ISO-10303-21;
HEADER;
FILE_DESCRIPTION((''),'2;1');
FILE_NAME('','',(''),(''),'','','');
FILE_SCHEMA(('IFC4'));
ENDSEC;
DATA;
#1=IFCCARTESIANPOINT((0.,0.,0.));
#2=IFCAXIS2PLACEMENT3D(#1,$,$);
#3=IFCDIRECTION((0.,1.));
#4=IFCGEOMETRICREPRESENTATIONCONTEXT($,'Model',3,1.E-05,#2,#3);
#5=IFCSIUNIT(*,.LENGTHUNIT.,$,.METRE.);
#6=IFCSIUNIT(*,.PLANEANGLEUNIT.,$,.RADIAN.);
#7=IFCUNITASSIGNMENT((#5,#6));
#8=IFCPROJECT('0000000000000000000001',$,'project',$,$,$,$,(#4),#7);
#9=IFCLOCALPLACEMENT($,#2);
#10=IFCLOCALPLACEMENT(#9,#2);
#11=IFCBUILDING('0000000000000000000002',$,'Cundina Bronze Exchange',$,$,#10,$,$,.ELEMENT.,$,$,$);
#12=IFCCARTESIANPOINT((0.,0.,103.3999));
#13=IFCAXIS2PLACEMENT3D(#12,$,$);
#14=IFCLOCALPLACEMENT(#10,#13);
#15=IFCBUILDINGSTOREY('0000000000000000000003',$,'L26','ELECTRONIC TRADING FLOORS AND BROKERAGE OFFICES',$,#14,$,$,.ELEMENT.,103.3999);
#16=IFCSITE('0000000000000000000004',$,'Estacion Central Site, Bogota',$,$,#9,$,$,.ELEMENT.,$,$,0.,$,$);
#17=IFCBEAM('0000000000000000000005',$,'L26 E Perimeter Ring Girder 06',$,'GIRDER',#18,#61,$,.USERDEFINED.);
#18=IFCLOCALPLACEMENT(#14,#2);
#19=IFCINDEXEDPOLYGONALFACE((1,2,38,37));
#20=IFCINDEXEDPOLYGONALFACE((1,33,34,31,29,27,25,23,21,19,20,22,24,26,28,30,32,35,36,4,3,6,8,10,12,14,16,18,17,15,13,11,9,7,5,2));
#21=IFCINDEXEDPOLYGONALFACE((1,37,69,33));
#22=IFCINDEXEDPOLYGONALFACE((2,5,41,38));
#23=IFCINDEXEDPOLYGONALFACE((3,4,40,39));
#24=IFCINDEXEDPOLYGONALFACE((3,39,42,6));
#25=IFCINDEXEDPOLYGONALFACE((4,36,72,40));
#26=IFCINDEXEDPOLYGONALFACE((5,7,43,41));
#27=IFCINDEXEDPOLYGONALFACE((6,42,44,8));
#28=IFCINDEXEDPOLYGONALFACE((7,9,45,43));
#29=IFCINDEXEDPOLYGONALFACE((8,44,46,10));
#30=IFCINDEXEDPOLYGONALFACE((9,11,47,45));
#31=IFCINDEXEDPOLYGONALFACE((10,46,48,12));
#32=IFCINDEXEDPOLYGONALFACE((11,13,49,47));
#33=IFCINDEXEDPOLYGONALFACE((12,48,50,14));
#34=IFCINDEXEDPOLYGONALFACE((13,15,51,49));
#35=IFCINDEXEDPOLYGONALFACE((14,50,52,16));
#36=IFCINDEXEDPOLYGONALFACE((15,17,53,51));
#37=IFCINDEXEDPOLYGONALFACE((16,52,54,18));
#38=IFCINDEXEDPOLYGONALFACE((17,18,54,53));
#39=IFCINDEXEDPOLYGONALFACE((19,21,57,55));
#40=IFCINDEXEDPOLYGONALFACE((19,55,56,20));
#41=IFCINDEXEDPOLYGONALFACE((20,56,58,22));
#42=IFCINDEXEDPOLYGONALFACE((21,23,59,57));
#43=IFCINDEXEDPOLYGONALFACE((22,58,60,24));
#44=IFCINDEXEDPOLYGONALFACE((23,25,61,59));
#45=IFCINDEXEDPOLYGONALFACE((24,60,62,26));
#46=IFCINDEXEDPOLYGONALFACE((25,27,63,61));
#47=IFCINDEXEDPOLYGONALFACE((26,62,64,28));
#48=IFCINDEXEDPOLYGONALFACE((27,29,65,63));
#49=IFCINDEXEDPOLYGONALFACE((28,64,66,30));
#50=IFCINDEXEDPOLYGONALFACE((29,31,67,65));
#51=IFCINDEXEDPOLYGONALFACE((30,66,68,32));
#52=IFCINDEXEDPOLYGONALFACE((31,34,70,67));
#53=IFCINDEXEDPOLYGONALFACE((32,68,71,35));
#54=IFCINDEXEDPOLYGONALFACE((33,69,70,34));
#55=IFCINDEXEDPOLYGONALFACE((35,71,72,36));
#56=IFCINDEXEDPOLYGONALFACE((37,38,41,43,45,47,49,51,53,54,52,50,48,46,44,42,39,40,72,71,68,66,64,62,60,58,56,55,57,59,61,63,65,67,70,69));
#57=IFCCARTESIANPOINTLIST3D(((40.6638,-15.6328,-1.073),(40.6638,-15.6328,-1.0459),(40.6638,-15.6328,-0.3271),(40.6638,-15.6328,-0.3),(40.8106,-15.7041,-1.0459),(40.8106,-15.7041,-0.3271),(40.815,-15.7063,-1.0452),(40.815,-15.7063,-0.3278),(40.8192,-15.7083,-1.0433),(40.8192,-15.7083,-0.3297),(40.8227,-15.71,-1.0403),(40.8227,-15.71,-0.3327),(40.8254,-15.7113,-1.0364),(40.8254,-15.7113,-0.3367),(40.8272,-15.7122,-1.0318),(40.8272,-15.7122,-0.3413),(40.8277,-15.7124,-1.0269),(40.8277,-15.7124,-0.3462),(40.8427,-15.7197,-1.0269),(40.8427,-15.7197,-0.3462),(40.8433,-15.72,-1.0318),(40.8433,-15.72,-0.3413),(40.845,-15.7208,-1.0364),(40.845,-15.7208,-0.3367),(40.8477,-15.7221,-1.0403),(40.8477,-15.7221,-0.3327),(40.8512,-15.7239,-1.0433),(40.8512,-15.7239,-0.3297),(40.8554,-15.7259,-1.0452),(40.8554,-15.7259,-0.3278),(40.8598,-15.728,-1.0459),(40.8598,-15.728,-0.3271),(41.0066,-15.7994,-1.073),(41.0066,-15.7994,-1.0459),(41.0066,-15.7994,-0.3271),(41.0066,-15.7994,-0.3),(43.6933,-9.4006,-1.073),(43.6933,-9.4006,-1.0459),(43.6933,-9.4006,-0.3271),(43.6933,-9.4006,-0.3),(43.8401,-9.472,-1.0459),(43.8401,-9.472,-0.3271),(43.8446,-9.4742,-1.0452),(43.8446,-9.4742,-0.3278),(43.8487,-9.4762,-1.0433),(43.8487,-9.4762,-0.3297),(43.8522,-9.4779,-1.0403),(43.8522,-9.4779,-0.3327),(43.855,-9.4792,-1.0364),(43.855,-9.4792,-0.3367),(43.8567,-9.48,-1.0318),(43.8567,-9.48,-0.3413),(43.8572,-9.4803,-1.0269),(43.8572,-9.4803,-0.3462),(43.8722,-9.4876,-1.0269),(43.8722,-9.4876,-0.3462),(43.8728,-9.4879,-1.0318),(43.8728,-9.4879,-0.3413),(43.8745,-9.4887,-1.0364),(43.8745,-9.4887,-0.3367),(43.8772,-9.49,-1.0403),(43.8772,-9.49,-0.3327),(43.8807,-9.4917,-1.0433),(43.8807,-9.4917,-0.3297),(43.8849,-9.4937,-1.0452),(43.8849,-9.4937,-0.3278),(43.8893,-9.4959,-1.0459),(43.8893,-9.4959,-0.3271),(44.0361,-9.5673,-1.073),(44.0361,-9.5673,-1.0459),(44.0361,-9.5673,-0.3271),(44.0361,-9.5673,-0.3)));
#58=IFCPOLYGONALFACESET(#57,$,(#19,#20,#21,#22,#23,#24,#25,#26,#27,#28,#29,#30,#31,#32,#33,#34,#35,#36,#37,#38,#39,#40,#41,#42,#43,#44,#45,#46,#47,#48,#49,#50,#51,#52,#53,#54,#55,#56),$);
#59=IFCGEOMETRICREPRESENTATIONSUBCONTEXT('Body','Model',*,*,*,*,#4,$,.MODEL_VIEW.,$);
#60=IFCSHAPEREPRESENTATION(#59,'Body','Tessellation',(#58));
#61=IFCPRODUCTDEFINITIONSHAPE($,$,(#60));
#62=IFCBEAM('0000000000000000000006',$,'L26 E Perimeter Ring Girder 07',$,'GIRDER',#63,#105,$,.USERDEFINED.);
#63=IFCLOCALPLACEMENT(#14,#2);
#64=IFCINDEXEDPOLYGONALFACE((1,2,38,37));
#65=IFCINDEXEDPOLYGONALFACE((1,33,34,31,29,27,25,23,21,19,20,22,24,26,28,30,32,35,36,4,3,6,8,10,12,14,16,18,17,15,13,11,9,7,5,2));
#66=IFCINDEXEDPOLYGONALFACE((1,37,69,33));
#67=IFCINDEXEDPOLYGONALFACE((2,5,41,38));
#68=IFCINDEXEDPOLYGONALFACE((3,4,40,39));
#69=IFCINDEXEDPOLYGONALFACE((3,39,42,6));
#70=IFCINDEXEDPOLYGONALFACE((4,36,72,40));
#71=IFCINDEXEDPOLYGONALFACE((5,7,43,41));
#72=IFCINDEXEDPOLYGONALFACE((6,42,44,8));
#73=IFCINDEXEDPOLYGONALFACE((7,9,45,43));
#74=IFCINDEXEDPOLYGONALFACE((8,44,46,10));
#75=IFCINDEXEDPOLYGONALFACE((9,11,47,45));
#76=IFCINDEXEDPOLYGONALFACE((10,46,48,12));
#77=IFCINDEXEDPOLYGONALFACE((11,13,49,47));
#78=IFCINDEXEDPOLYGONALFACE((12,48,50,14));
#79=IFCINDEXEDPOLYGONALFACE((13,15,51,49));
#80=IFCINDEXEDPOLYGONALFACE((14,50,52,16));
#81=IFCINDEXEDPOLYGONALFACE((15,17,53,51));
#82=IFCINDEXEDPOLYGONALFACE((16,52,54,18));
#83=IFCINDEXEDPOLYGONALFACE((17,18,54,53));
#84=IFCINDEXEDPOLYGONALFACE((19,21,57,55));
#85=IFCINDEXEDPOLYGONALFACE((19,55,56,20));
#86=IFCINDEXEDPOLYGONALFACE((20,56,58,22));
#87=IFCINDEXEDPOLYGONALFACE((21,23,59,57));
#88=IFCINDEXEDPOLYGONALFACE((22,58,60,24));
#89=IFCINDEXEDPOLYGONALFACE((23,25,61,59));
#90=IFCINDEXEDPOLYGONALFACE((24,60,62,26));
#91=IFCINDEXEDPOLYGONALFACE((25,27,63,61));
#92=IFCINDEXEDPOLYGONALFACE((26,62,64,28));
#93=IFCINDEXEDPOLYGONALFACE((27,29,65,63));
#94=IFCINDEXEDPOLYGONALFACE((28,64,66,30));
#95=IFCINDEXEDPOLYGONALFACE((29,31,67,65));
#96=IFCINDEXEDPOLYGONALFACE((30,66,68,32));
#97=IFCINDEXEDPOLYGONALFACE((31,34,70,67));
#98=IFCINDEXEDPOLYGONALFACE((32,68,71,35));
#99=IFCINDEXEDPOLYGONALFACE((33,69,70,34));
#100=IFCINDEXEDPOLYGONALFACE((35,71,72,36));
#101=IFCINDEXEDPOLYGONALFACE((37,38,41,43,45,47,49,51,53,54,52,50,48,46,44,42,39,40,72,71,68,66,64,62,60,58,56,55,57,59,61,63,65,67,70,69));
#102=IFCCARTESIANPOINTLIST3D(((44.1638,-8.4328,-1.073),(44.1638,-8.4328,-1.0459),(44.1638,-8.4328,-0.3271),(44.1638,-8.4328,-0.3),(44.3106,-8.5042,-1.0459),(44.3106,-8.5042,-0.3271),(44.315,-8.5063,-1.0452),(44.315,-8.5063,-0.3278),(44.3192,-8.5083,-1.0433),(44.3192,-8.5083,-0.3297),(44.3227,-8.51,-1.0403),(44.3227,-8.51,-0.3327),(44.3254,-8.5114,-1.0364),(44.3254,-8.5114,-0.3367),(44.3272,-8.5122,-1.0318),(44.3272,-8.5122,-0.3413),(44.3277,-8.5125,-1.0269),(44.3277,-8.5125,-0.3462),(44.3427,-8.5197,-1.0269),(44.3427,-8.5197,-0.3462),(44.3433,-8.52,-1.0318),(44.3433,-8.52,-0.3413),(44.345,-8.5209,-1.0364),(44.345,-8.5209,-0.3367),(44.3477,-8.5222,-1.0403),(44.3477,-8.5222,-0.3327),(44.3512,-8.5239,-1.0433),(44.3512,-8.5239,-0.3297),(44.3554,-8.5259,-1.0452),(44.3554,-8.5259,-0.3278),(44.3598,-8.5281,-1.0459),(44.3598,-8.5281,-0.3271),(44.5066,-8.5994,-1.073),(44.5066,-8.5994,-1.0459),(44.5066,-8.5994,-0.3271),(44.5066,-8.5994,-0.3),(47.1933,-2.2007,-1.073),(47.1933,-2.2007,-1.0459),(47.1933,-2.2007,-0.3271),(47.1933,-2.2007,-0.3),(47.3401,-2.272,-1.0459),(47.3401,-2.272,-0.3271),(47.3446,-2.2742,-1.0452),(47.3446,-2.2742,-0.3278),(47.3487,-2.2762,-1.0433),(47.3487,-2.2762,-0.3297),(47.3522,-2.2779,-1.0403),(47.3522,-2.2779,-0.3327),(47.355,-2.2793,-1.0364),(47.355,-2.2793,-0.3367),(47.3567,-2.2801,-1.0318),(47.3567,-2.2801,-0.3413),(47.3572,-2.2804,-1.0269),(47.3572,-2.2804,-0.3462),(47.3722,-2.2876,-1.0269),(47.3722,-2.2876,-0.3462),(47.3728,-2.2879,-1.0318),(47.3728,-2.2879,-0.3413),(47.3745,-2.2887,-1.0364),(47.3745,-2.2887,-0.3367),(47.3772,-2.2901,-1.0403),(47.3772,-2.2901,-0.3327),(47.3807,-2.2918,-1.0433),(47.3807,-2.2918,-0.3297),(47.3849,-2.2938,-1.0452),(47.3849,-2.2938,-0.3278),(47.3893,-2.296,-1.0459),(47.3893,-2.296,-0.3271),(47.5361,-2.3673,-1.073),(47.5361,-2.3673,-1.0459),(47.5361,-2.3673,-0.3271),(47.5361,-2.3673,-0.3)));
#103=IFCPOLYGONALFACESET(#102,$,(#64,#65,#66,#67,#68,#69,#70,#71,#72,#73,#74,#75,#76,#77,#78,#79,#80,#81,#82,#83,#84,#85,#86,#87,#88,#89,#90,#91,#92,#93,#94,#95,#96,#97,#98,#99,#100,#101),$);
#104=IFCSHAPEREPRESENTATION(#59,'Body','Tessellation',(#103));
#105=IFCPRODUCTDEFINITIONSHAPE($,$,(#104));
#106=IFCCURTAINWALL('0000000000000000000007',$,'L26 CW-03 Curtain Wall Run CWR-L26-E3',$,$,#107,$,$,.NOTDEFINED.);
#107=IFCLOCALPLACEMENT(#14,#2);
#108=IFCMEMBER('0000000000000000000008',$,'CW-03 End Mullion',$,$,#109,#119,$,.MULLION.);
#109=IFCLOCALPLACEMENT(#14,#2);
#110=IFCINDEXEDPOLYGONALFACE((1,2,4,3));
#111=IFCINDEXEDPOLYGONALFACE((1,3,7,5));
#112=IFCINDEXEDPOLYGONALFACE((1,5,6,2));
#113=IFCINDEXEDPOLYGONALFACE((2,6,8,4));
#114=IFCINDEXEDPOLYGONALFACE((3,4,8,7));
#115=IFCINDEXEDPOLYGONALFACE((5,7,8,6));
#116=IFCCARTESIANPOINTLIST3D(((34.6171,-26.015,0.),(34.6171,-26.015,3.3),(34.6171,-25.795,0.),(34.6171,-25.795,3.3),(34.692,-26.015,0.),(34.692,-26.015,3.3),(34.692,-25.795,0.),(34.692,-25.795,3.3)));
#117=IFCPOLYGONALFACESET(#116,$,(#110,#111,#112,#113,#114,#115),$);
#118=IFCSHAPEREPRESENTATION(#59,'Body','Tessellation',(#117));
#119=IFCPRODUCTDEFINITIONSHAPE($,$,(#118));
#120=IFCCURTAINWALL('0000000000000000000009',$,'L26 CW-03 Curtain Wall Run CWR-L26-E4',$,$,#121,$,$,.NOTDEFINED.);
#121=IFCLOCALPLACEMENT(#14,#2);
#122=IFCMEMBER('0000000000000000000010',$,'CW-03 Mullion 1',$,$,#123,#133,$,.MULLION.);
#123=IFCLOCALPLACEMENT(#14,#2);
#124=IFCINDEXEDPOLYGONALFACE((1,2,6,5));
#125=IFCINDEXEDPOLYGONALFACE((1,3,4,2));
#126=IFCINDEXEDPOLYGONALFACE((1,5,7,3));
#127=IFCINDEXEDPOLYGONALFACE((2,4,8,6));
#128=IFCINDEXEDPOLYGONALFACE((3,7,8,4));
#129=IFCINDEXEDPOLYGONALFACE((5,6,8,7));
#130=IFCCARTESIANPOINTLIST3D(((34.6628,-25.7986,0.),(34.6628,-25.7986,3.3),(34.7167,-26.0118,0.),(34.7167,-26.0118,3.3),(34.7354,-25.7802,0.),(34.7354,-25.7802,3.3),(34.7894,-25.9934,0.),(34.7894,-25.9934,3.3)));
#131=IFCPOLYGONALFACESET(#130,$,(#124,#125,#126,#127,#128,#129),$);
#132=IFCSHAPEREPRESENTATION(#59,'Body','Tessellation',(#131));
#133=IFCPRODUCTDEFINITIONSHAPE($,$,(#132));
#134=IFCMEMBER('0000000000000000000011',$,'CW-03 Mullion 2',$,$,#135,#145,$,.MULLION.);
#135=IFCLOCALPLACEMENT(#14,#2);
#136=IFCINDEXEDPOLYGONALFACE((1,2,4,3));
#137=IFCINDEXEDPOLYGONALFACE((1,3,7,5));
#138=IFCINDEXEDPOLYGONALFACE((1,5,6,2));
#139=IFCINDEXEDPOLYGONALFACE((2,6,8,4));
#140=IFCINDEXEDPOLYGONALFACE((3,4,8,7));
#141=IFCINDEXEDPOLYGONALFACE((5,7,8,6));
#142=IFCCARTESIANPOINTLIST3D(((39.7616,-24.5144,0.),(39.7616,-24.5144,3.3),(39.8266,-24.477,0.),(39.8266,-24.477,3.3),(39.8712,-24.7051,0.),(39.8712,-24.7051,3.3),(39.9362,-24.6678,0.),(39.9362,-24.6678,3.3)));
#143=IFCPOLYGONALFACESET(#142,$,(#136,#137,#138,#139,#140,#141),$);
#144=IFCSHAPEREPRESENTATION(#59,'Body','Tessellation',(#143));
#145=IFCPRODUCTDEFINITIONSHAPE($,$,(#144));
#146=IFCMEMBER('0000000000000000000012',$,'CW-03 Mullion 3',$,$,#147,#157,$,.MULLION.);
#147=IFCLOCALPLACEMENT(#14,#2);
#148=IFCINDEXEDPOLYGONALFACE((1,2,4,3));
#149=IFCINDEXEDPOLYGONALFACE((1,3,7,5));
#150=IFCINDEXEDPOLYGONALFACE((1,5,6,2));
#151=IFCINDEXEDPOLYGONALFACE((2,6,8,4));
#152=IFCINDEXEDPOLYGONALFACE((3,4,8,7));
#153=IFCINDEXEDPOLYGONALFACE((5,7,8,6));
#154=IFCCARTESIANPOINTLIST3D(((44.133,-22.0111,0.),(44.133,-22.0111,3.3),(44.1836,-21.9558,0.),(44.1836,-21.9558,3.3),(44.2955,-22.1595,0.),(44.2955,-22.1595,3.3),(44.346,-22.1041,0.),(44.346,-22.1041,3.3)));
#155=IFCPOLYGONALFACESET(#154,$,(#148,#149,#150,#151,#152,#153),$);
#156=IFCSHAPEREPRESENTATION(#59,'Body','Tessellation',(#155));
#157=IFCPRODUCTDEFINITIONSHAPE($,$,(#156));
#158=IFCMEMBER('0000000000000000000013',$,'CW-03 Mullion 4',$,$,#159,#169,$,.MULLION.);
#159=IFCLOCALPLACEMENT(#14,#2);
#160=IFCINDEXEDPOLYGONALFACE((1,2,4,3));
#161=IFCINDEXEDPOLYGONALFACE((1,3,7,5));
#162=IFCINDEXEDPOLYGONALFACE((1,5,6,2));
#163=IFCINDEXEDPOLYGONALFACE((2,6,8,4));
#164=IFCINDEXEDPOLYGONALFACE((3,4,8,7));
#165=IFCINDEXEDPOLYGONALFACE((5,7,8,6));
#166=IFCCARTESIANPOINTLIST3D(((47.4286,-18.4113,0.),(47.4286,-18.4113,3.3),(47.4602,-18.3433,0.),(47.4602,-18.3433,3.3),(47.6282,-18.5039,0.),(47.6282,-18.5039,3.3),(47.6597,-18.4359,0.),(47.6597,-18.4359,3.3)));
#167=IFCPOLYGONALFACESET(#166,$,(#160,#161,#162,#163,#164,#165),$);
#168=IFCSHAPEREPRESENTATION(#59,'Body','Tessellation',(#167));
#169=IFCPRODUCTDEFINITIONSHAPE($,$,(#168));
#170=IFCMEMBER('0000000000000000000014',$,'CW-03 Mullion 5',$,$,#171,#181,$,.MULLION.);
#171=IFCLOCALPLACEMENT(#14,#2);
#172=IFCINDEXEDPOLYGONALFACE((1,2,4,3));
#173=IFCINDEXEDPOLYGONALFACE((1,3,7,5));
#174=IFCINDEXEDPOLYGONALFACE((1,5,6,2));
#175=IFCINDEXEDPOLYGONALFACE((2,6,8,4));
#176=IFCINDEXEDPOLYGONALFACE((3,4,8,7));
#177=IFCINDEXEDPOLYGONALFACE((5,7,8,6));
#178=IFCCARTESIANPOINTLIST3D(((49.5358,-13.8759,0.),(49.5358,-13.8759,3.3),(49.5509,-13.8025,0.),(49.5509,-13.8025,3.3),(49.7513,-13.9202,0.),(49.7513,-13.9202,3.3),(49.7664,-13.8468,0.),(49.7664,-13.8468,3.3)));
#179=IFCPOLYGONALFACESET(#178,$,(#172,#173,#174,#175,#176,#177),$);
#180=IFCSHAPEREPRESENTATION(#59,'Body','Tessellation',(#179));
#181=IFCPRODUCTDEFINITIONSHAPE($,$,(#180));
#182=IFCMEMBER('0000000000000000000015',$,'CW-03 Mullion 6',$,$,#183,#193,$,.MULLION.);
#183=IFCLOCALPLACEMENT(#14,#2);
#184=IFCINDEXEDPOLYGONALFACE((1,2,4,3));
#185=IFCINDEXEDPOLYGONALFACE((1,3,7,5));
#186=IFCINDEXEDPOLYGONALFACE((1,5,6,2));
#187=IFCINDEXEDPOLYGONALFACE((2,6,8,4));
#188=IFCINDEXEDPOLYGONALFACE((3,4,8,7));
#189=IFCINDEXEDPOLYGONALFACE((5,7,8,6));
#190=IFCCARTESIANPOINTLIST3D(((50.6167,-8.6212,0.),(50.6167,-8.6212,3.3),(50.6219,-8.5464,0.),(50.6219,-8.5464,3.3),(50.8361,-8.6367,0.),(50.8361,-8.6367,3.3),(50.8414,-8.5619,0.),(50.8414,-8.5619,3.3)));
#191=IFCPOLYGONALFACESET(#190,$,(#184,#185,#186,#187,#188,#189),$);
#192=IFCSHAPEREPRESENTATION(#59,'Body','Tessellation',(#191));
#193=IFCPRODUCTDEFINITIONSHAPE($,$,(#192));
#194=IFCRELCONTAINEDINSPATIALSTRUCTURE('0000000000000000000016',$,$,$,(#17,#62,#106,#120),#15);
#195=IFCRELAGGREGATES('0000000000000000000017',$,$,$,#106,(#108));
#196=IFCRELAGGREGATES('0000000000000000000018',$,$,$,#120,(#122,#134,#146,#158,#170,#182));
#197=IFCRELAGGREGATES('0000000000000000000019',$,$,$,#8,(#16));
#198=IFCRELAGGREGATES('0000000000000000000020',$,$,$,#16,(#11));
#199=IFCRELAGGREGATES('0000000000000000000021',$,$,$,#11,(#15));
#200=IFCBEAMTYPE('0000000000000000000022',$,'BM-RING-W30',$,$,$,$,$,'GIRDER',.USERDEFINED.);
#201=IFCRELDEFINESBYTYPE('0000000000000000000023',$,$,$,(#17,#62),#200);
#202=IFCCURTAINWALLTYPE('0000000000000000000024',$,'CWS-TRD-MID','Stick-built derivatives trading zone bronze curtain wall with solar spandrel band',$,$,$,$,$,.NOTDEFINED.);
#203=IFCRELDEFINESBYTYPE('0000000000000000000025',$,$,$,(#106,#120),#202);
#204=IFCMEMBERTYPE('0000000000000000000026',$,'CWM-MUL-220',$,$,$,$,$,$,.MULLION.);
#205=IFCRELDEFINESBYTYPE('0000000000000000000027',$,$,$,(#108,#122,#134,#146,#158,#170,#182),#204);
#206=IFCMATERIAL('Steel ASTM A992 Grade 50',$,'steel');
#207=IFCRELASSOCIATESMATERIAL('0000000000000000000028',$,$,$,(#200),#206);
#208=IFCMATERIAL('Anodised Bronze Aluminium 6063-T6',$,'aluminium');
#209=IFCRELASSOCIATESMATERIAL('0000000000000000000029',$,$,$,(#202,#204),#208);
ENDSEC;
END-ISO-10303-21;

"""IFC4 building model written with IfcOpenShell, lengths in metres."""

from ifc_helpers import new_model, si_unit, direction, frame, origin, origin_2d, place, context, subcontext, project, spatial, rectangle, i_section, extrude, material, material_profile, profile_set, type_object, element, aggregate, save


model = new_model("IFC4")

# Units and contexts
model_context = context("Model", 3, precision=1e-05, world=origin(), true_north=direction((0.0, 1.0)))
body_context = subcontext(model_context, "Body", "Model", "MODEL_VIEW")
ifc_project = project(units=[si_unit("LENGTHUNIT", "METRE"), si_unit("PLANEANGLEUNIT", "RADIAN")], contexts=[model_context])

# Site, building, storey
site_placement = place(None, origin())
site = spatial("IfcSite", under=ifc_project, at=site_placement, Name="Estacion Central Site, Bogota", CompositionType="ELEMENT", RefElevation=0.0)
building_placement = place(site_placement, origin())
building = spatial("IfcBuilding", under=site, at=building_placement, Name="Cundina Bronze Exchange", CompositionType="ELEMENT")
storey_placement = place(building_placement, frame((0.0, 0.0, 103.3999)))
storey = spatial("IfcBuildingStorey", under=building, at=storey_placement, Name="L26", Description="ELECTRONIC TRADING FLOORS AND BROKERAGE OFFICES", CompositionType="ELEMENT", Elevation=103.3999)

# Beams
ifc_material_1 = material(Name="Steel ASTM A992 Grade 50", Category="steel")
ifc_material_profile_1 = material_profile(ifc_material_1, i_section(OverallWidth=0.3811, OverallDepth=0.7729, WebThickness=0.0166, FlangeThickness=0.0271, FilletRadius=0.019, at=origin_2d()), Name="W30X173", Category="steel")
ifc_profile_set_1 = profile_set([ifc_material_profile_1], Name="Steel ASTM A992 Grade 50")
beam_type_1 = type_object("IfcBeamType", Name="BM-RING-W30", ElementType="GIRDER", PredefinedType="USERDEFINED", material=ifc_profile_set_1)
for number, where, z_axis, x_axis, name in (
    (1, (40.8352, -15.7161, -0.6865), (0.437194, 0.899367, 0.0), (-0.899367, 0.437194, 0.0), "L26 E Perimeter Ring Girder 06"),
    (2, (44.3352, -8.5161, -0.6865), (0.437194, 0.899367, 0.0), (-0.899367, 0.437194, 0.0), "L26 E Perimeter Ring Girder 07"),
):
    element("IfcBeam", number, at=place(storey_placement, frame(where, z_axis=z_axis, x_axis=x_axis)), inside=storey, type_object=beam_type_1, Name=name, ObjectType="GIRDER", PredefinedType="USERDEFINED", context=body_context, shape_type="SweptSolid", body=[
        extrude(i_section(OverallWidth=0.3811, OverallDepth=0.7729, WebThickness=0.0166, FlangeThickness=0.0271, FilletRadius=0.019, at=origin_2d()), origin(), (0.0, 0.0, 1.0), 6.9294),
    ])

# Curtain wall, member
ifc_material_2 = material(Name="Anodised Bronze Aluminium 6063-T6", Category="aluminium")
curtain_wall_type = type_object("IfcCurtainWallType", Name="CWS-TRD-MID", Description="Stick-built derivatives trading zone bronze curtain wall with solar spandrel band", PredefinedType="NOTDEFINED", material=ifc_material_2)
curtain_wall_1_placement = place(storey_placement, origin())
curtain_wall_1 = element("IfcCurtainWall", 3, at=curtain_wall_1_placement, inside=storey, type_object=curtain_wall_type, Name="L26 CW-03 Curtain Wall Run CWR-L26-E3", PredefinedType="NOTDEFINED")
ifc_material_profile_2 = material_profile(ifc_material_2, rectangle(XDim=0.075, YDim=0.22, at=origin_2d()), Name="AL75X220", Category="aluminium")
ifc_profile_set_2 = profile_set([ifc_material_profile_2], Name="Anodised Bronze Aluminium 6063-T6")
member_type_1 = type_object("IfcMemberType", Name="CWM-MUL-220", PredefinedType="MULLION", material=ifc_profile_set_2)
member_1_placement = place(storey_placement, frame((34.6545, -25.905, 0.0), z_axis=(0.0, 0.0, 1.0), x_axis=(1.0, 0.0, 0.0)))
member_1 = element("IfcMember", 4, at=member_1_placement, type_object=member_type_1, Name="CW-03 End Mullion", PredefinedType="MULLION", context=body_context, shape_type="SweptSolid", body=[
    extrude(rectangle(XDim=0.075, YDim=0.22, at=origin_2d()), origin(), (0.0, 0.0, 1.0), 3.3),
])
aggregate(curtain_wall_1, [member_1])

# Curtain wall, members
curtain_wall_2_placement = place(storey_placement, origin())
curtain_wall_2 = element("IfcCurtainWall", 5, at=curtain_wall_2_placement, inside=storey, type_object=curtain_wall_type, Name="L26 CW-03 Curtain Wall Run CWR-L26-E4", PredefinedType="NOTDEFINED")
member_2_placement = place(storey_placement, frame((34.7261, -25.896, 0.0), z_axis=(0.0, 0.0, 1.0), x_axis=(0.969488, 0.245138, 0.0)))
member_2 = element("IfcMember", 6, at=member_2_placement, type_object=member_type_1, Name="CW-03 Mullion 1", PredefinedType="MULLION", context=body_context, shape_type="SweptSolid", body=[
    extrude(rectangle(XDim=0.075, YDim=0.22, at=origin_2d()), origin(), (0.0, 0.0, 1.0), 3.3),
])
member_3_placement = place(storey_placement, frame((39.8489, -24.5911, 0.0), z_axis=(0.0, 0.0, 1.0), x_axis=(0.867071, 0.498185, 0.0)))
member_3 = element("IfcMember", 7, at=member_3_placement, type_object=member_type_1, Name="CW-03 Mullion 2", PredefinedType="MULLION", context=body_context, shape_type="SweptSolid", body=[
    extrude(rectangle(XDim=0.075, YDim=0.22, at=origin_2d()), origin(), (0.0, 0.0, 1.0), 3.3),
])
member_4_placement = place(storey_placement, frame((44.2395, -22.0576, 0.0), z_axis=(0.0, 0.0, 1.0), x_axis=(0.674302, 0.738455, 0.0)))
member_4 = element("IfcMember", 8, at=member_4_placement, type_object=member_type_1, Name="CW-03 Mullion 3", PredefinedType="MULLION", context=body_context, shape_type="SweptSolid", body=[
    extrude(rectangle(XDim=0.075, YDim=0.22, at=origin_2d()), origin(), (0.0, 0.0, 1.0), 3.3),
])
member_5_placement = place(storey_placement, frame((47.5442, -18.4236, 0.0), z_axis=(0.0, 0.0, 1.0), x_axis=(0.420877, 0.907117, 0.0)))
member_5 = element("IfcMember", 9, at=member_5_placement, type_object=member_type_1, Name="CW-03 Mullion 4", PredefinedType="MULLION", context=body_context, shape_type="SweptSolid", body=[
    extrude(rectangle(XDim=0.075, YDim=0.22, at=origin_2d()), origin(), (0.0, 0.0, 1.0), 3.3),
])
member_6_placement = place(storey_placement, frame((49.6511, -13.8613, 0.0), z_axis=(0.0, 0.0, 1.0), x_axis=(0.20142, 0.979505, 0.0)))
member_6 = element("IfcMember", 10, at=member_6_placement, type_object=member_type_1, Name="CW-03 Mullion 5", PredefinedType="MULLION", context=body_context, shape_type="SweptSolid", body=[
    extrude(rectangle(XDim=0.075, YDim=0.22, at=origin_2d()), origin(), (0.0, 0.0, 1.0), 3.3),
])
member_7_placement = place(storey_placement, frame((50.729, -8.5916, 0.0), z_axis=(0.0, 0.0, 1.0), x_axis=(0.070279, 0.997527, 0.0)))
member_7 = element("IfcMember", 11, at=member_7_placement, type_object=member_type_1, Name="CW-03 Mullion 6", PredefinedType="MULLION", context=body_context, shape_type="SweptSolid", body=[
    extrude(rectangle(XDim=0.075, YDim=0.22, at=origin_2d()), origin(), (0.0, 0.0, 1.0), 3.3),
])
aggregate(curtain_wall_2, [member_2, member_3, member_4, member_5, member_6, member_7])

save(model, "model.ifc")
